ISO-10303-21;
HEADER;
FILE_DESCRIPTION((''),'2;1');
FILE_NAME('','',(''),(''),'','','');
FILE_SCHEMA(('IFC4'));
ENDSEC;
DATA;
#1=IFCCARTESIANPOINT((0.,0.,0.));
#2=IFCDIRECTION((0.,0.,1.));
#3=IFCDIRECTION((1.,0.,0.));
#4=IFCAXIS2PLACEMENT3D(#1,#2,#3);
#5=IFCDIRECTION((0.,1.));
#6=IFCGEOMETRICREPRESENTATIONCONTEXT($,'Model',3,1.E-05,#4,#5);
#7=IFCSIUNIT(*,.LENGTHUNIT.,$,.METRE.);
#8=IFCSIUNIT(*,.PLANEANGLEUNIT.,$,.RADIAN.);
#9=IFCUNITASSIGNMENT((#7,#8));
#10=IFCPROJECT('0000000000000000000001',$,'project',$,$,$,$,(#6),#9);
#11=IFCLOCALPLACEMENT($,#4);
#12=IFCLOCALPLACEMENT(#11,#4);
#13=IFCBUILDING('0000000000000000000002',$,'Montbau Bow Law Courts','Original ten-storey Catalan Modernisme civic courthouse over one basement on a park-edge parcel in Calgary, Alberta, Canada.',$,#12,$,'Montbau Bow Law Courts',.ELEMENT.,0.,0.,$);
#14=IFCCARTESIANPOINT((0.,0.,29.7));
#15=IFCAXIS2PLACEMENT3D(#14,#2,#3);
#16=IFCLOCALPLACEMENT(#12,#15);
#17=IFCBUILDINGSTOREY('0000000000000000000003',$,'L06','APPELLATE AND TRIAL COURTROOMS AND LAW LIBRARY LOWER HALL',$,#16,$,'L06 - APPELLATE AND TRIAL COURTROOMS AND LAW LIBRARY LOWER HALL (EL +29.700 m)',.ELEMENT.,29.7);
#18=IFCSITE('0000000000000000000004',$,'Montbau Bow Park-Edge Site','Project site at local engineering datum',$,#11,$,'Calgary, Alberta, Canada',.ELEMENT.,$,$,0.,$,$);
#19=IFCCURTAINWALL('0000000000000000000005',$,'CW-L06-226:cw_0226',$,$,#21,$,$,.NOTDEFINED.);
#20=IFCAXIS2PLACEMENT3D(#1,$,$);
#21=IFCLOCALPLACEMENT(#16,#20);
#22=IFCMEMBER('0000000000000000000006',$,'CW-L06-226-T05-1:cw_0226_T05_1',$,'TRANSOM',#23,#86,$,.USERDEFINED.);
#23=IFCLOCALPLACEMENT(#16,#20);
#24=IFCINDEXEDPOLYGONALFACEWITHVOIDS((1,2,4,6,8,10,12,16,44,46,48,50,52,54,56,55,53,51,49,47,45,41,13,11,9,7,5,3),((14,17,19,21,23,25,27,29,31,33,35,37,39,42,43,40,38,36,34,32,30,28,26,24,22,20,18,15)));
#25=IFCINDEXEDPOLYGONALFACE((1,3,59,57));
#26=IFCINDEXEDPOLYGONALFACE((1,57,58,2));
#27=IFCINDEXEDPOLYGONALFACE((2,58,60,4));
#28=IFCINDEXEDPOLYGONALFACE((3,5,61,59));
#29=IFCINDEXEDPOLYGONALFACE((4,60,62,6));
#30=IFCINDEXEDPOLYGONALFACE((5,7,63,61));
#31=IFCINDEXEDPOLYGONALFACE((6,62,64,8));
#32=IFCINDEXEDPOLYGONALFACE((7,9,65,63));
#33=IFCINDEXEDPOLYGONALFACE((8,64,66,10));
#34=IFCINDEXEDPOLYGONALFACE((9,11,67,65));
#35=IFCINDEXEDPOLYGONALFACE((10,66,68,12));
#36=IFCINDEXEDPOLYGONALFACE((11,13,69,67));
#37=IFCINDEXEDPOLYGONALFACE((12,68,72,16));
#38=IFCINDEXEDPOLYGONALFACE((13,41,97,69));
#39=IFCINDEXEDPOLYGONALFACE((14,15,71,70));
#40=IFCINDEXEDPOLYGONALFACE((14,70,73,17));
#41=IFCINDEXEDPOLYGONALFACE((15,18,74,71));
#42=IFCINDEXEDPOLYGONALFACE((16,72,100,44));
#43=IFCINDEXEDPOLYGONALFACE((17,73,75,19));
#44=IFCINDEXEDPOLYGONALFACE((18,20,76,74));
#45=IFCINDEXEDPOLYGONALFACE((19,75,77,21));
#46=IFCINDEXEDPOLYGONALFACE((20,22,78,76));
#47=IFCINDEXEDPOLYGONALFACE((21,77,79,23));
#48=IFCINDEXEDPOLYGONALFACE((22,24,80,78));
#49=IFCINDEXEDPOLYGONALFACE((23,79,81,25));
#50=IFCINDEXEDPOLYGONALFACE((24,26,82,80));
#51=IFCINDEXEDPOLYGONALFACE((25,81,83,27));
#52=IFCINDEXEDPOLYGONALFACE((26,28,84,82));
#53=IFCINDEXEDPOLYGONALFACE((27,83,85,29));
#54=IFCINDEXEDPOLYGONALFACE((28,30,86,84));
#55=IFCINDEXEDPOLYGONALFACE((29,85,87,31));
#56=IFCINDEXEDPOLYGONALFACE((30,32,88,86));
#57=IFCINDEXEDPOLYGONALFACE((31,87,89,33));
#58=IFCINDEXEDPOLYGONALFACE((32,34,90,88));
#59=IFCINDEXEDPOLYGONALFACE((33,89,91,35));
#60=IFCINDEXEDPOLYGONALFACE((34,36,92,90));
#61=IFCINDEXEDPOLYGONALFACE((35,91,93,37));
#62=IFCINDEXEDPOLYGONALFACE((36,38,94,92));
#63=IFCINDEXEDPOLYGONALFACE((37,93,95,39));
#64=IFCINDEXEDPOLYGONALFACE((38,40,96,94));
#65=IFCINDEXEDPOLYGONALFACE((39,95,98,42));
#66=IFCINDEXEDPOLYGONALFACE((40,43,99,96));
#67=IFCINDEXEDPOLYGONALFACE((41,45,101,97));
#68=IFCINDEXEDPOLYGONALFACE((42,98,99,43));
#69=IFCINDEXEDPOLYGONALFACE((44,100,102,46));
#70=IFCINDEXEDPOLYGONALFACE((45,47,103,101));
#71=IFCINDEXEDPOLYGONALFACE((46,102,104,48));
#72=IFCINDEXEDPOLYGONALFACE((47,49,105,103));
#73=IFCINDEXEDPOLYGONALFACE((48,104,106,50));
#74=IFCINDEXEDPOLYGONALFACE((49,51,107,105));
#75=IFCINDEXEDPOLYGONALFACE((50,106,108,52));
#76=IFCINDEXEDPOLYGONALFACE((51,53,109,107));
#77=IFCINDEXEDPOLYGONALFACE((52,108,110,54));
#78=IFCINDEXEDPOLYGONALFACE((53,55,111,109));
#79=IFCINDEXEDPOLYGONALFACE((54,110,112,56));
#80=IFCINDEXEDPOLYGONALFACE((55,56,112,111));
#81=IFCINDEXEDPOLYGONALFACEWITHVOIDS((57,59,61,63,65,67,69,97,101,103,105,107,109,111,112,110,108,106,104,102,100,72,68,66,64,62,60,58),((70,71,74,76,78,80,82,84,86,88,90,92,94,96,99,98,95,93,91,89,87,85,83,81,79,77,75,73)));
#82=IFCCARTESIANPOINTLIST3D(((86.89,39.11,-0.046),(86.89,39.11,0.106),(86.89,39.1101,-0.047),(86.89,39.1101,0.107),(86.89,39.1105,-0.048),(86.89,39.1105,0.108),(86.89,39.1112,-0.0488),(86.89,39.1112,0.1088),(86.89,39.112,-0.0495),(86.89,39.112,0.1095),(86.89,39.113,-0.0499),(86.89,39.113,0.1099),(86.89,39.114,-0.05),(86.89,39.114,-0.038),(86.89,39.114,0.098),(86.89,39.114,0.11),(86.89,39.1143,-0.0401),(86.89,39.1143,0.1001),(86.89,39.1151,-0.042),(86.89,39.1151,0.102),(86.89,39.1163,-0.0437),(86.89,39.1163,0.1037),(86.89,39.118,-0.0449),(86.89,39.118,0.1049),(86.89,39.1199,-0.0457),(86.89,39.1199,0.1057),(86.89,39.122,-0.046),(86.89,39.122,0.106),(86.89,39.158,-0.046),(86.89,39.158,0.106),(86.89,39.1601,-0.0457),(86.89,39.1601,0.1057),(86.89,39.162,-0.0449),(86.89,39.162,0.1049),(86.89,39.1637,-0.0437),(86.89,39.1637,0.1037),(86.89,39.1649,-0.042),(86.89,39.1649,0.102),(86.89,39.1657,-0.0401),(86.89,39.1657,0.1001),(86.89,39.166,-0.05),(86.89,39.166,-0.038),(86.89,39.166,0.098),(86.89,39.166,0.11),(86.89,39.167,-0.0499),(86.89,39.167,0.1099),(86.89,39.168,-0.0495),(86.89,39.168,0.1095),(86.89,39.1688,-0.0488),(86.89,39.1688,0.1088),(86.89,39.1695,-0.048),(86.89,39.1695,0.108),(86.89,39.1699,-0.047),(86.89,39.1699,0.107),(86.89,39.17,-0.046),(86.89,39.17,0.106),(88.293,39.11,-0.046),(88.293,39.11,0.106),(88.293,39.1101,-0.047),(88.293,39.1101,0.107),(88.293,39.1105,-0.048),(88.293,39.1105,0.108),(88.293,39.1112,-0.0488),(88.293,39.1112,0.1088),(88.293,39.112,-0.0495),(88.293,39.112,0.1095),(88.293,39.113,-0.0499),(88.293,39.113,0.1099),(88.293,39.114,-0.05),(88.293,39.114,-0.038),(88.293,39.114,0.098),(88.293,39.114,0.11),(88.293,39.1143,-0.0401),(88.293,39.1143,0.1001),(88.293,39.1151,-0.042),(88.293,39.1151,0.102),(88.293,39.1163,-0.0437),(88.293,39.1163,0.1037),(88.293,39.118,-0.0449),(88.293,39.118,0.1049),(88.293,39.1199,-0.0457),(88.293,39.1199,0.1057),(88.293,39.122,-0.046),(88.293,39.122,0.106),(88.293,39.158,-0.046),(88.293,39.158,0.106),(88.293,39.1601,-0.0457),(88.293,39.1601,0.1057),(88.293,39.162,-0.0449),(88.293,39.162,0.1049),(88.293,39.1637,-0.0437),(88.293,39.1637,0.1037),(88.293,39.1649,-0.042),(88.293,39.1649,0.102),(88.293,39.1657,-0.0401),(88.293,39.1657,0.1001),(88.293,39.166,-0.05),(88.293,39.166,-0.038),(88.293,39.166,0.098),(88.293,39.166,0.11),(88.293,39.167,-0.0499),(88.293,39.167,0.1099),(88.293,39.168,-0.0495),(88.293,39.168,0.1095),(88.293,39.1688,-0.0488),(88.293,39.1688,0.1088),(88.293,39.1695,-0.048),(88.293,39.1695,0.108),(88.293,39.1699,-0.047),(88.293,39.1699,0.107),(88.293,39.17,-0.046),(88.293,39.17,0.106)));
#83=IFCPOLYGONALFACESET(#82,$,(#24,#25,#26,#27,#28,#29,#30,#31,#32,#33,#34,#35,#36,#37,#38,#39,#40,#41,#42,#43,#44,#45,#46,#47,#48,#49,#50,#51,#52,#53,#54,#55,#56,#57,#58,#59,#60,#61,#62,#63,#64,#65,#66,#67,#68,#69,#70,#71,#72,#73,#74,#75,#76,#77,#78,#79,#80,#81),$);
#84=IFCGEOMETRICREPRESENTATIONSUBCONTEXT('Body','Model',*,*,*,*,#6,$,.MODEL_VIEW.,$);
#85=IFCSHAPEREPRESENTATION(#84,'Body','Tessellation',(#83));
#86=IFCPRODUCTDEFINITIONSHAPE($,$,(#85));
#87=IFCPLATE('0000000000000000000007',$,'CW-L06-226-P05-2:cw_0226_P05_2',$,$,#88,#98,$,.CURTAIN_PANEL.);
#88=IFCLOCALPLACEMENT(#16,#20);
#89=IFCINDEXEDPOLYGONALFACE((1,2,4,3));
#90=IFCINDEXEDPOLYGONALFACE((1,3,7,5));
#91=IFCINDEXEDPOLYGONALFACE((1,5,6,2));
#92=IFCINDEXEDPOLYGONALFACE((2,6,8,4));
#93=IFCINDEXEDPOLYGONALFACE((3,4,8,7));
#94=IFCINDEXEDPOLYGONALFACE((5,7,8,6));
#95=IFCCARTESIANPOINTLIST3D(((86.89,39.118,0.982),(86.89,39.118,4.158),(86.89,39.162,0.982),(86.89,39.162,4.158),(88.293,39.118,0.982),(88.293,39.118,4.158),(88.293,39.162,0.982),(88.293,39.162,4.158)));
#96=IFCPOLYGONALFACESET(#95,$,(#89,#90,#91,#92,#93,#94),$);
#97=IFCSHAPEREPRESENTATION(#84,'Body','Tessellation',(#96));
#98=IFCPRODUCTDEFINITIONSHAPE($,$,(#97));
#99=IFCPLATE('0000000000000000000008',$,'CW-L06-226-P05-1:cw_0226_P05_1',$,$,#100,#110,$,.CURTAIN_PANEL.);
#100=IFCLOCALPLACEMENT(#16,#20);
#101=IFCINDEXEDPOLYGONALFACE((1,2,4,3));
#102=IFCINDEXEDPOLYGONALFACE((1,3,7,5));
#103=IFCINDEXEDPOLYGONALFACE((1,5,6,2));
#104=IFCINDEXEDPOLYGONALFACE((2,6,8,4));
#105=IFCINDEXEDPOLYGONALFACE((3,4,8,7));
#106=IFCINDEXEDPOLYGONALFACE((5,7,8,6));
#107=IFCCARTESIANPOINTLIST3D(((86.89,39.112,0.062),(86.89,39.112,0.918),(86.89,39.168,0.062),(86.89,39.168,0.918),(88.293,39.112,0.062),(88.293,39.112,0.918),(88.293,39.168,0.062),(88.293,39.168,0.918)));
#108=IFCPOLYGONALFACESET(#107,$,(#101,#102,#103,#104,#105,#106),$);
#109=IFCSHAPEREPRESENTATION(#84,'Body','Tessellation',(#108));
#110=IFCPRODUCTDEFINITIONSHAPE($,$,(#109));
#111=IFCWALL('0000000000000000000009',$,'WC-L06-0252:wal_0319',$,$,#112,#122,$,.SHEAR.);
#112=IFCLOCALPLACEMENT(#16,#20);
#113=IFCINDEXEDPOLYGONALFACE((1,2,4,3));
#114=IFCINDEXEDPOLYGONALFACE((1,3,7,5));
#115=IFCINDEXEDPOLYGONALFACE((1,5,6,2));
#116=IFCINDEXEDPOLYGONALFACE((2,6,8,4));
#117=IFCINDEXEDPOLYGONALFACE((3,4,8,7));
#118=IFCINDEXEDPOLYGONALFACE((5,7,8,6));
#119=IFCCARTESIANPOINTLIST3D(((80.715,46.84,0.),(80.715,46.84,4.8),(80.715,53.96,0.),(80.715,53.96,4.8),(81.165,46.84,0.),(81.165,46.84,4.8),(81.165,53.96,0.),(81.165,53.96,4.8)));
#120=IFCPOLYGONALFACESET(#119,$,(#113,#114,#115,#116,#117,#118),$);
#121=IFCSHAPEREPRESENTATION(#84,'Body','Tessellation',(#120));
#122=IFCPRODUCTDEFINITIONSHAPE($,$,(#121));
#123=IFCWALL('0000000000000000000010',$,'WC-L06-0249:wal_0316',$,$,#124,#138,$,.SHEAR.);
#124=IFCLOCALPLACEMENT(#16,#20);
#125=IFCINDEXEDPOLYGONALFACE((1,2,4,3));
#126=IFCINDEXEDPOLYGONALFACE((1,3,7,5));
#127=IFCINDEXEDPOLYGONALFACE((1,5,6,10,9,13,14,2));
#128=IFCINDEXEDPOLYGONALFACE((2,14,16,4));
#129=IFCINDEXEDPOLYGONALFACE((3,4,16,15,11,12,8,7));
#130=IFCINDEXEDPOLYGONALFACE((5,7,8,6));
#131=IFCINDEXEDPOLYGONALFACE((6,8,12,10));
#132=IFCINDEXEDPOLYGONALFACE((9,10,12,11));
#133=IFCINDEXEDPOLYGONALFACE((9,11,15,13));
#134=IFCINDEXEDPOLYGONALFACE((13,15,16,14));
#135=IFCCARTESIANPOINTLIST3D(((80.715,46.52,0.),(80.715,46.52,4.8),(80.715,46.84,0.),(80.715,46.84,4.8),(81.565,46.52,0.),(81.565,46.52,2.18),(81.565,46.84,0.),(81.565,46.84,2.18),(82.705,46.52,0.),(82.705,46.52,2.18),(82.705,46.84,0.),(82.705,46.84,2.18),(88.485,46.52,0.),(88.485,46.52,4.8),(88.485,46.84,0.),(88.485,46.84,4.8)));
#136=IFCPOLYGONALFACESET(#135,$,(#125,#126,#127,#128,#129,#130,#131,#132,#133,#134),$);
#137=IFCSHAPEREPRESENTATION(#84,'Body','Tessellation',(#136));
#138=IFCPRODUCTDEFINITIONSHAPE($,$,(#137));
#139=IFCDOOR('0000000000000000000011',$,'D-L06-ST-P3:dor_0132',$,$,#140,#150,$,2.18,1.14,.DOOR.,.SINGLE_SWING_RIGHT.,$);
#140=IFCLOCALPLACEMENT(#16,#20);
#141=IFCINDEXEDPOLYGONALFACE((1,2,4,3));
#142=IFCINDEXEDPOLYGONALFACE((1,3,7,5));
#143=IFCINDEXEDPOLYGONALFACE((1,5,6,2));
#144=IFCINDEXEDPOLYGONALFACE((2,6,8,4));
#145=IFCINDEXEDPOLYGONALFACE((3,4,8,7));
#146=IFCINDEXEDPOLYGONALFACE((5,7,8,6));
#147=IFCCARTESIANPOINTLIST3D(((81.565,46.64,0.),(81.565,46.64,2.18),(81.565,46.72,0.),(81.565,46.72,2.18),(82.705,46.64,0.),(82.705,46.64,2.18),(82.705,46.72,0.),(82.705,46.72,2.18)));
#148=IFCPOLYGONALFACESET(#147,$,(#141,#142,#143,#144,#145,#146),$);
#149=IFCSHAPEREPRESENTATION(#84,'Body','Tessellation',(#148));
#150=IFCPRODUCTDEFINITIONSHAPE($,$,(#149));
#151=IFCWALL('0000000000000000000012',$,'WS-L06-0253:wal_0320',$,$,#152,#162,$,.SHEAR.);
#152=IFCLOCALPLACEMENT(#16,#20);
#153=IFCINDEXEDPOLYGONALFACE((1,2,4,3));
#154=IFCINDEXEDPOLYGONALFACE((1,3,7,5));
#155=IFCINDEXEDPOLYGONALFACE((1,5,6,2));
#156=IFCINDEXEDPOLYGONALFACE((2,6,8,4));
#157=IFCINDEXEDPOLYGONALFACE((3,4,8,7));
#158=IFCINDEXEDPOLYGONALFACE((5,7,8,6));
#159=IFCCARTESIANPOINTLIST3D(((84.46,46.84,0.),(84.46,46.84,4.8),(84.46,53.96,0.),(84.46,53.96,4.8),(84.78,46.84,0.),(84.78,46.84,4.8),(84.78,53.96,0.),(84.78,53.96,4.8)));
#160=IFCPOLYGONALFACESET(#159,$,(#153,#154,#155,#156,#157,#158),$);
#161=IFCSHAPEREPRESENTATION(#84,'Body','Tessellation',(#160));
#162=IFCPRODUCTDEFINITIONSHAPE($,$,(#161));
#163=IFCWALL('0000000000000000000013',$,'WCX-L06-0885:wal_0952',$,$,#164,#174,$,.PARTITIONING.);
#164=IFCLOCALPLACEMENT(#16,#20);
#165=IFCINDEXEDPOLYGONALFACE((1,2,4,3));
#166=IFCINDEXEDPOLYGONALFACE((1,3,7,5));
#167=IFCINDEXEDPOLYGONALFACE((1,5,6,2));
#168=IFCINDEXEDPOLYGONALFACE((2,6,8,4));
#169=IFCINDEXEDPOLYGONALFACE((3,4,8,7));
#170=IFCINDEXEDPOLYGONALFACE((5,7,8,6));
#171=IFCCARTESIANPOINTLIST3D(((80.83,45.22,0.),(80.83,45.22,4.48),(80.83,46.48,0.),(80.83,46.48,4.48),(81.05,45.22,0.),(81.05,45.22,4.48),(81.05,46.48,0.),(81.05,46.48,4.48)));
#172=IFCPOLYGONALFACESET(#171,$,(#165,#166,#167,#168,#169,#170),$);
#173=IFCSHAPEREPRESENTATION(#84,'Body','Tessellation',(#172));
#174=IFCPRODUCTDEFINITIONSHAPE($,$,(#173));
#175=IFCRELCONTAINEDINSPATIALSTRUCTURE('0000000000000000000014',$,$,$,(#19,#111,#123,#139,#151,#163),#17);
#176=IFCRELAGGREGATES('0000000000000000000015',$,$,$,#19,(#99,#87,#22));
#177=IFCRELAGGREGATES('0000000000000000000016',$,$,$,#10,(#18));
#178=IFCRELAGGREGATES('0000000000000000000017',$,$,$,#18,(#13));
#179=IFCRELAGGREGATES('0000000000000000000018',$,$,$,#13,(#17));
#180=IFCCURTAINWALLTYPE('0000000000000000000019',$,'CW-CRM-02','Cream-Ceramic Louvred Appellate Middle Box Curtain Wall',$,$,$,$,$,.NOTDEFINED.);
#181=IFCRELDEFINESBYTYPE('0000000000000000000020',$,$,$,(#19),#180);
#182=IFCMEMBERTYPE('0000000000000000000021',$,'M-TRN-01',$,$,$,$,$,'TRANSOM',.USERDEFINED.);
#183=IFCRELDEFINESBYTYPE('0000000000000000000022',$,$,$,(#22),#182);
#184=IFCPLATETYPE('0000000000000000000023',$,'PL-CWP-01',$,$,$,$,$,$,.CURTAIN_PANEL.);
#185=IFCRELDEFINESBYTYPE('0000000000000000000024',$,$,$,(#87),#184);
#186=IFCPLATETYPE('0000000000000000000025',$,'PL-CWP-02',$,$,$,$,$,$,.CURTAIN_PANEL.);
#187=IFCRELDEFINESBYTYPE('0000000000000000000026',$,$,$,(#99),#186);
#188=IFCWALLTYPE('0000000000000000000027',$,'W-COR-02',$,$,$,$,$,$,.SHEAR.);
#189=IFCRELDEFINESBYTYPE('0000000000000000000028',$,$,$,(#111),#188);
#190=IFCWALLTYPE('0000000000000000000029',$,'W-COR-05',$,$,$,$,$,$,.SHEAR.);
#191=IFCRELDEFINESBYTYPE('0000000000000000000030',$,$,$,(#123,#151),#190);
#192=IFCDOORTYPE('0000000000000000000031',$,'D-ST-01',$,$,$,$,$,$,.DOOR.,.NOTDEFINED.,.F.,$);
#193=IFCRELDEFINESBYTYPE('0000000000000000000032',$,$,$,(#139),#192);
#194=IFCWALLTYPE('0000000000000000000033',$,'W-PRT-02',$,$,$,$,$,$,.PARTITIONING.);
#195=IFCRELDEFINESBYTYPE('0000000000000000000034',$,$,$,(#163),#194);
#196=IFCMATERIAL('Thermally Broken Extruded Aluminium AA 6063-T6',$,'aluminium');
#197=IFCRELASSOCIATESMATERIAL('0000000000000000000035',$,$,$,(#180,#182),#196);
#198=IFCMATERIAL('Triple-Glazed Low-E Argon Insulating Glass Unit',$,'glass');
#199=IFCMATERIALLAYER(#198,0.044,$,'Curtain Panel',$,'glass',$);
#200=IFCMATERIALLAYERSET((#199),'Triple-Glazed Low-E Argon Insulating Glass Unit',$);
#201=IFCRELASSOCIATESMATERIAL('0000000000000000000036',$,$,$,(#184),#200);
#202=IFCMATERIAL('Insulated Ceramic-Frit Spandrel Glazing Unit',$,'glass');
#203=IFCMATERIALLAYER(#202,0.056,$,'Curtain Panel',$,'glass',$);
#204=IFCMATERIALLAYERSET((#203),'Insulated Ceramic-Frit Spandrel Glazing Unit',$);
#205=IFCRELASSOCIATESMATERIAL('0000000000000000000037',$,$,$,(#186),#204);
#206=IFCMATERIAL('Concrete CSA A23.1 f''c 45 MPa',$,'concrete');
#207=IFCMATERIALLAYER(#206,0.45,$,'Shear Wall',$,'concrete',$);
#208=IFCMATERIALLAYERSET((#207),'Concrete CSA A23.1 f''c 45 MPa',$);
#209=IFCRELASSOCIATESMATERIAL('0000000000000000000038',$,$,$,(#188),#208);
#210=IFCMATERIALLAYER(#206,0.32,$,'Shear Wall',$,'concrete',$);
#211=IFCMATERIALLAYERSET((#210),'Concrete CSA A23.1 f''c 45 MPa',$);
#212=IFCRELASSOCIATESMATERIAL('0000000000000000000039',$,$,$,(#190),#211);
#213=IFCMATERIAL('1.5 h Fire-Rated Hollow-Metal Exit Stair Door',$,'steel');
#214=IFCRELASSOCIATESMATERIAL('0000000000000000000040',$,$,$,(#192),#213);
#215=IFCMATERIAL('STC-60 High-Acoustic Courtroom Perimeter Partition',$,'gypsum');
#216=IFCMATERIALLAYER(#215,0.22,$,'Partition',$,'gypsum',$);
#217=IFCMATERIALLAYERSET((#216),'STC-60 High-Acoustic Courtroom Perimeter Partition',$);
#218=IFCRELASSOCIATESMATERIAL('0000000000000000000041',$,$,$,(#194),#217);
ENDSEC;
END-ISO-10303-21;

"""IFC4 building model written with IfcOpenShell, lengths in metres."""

from ifc_helpers import new_model, si_unit, direction, frame, frame_2d, origin_with_axes, origin_2d_with_axis, place, context, subcontext, project, spatial, rectangle, hollow_rectangle, extrude, material, layer, layer_set, material_profile, profile_set, type_object, element, fill, aggregate, save


model = new_model("IFC4")

# Units and contexts
model_context = context("Model", 3, precision=1e-05, world=origin_with_axes(), true_north=direction((0.0, 1.0)))
body_context = subcontext(model_context, "Body", "Model", "MODEL_VIEW")
ifc_project = project(units=[si_unit("LENGTHUNIT", "METRE"), si_unit("PLANEANGLEUNIT", "RADIAN")], contexts=[model_context])

# Site, building, storey
site_placement = place(None, origin_with_axes())
site = spatial("IfcSite", under=ifc_project, at=site_placement, Name="Montbau Bow Park-Edge Site", Description="Project site at local engineering datum", LongName="Calgary, Alberta, Canada", CompositionType="ELEMENT", RefElevation=0.0)
building_placement = place(site_placement, origin_with_axes())
building = spatial("IfcBuilding", under=site, at=building_placement, Name="Montbau Bow Law Courts", Description="Original ten-storey Catalan Modernisme civic courthouse over one basement on a park-edge parcel in Calgary, Alberta, Canada.", LongName="Montbau Bow Law Courts", CompositionType="ELEMENT", ElevationOfRefHeight=0.0, ElevationOfTerrain=0.0)
storey_placement = place(building_placement, frame((0.0, 0.0, 29.7), z_axis=(0.0, 0.0, 1.0), x_axis=(1.0, 0.0, 0.0)))
storey = spatial("IfcBuildingStorey", under=building, at=storey_placement, Name="L06", Description="APPELLATE AND TRIAL COURTROOMS AND LAW LIBRARY LOWER HALL", LongName="L06 - APPELLATE AND TRIAL COURTROOMS AND LAW LIBRARY LOWER HALL (EL +29.700 m)", CompositionType="ELEMENT", Elevation=29.7)

# Curtain wall, member, plates
ifc_material_1 = material(Name="Thermally Broken Extruded Aluminium AA 6063-T6", Category="aluminium")
curtain_wall_type = type_object("IfcCurtainWallType", Name="CW-CRM-02", Description="Cream-Ceramic Louvred Appellate Middle Box Curtain Wall", PredefinedType="NOTDEFINED", material=ifc_material_1)
curtain_wall_placement = place(None, frame((80.84, 39.14, 29.7), z_axis=(0.0, 0.0, 1.0), x_axis=(1.0, 0.0, 0.0)))
curtain_wall = element("IfcCurtainWall", 1, at=curtain_wall_placement, inside=storey, type_object=curtain_wall_type, Name="CW-L06-226:cw_0226", PredefinedType="NOTDEFINED")
ifc_material_profile_1 = material_profile(ifc_material_1, hollow_rectangle(XDim=0.06, YDim=0.16, WallThickness=0.004, InnerFilletRadius=0.008, OuterFilletRadius=0.004, at=origin_2d_with_axis()), Name="CWT-160X60", Category="Main", Priority=0)
ifc_profile_set_1 = profile_set([ifc_material_profile_1], Name="Thermally Broken Extruded Aluminium AA 6063-T6")
member_type_1 = type_object("IfcMemberType", Name="M-TRN-01", ElementType="TRANSOM", PredefinedType="USERDEFINED", material=ifc_profile_set_1)
member_1_placement = place(None, frame((86.89, 39.14, 29.73), z_axis=(1.0, 0.0, 0.0), x_axis=(0.0, 1.0, 0.0)))
member_1 = element("IfcMember", 2, at=member_1_placement, type_object=member_type_1, Name="CW-L06-226-T05-1:cw_0226_T05_1", ObjectType="TRANSOM", PredefinedType="USERDEFINED", context=body_context, shape_type="SweptSolid", body=[
    extrude(hollow_rectangle(XDim=0.06, YDim=0.16, WallThickness=0.004, InnerFilletRadius=0.008, OuterFilletRadius=0.004, at=origin_2d_with_axis()), origin_with_axes(), (0.0, 0.0, 1.0), 1.403),
])
ifc_material_2 = material(Name="Triple-Glazed Low-E Argon Insulating Glass Unit", Category="glass")
ifc_layer_1 = layer(ifc_material_2, 0.044, Name="Curtain Panel", Category="glass")
ifc_layer_set_1 = layer_set([ifc_layer_1], Name="Triple-Glazed Low-E Argon Insulating Glass Unit")
plate_type_1 = type_object("IfcPlateType", Name="PL-CWP-01", PredefinedType="CURTAIN_PANEL", material=ifc_layer_set_1)
plate_1_placement = place(None, frame((86.89, 39.14, 30.682), z_axis=(0.0, -1.0, 0.0), x_axis=(1.0, 0.0, 0.0)))
plate_1 = element("IfcPlate", 3, at=plate_1_placement, type_object=plate_type_1, Name="CW-L06-226-P05-2:cw_0226_P05_2", PredefinedType="CURTAIN_PANEL", context=body_context, shape_type="SweptSolid", body=[
    extrude(rectangle(XDim=1.403, YDim=3.176, at=frame_2d((0.7015, 1.588), x_axis=(1.0, 0.0))), frame((0.0, 0.0, -0.022), z_axis=(0.0, 0.0, 1.0), x_axis=(1.0, 0.0, 0.0)), (0.0, 0.0, 1.0), 0.044),
])
ifc_material_3 = material(Name="Insulated Ceramic-Frit Spandrel Glazing Unit", Category="glass")
ifc_layer_2 = layer(ifc_material_3, 0.056, Name="Curtain Panel", Category="glass")
ifc_layer_set_2 = layer_set([ifc_layer_2], Name="Insulated Ceramic-Frit Spandrel Glazing Unit")
plate_type_2 = type_object("IfcPlateType", Name="PL-CWP-02", PredefinedType="CURTAIN_PANEL", material=ifc_layer_set_2)
plate_2_placement = place(None, frame((86.89, 39.14, 29.762), z_axis=(0.0, -1.0, 0.0), x_axis=(1.0, 0.0, 0.0)))
plate_2 = element("IfcPlate", 4, at=plate_2_placement, type_object=plate_type_2, Name="CW-L06-226-P05-1:cw_0226_P05_1", PredefinedType="CURTAIN_PANEL", context=body_context, shape_type="SweptSolid", body=[
    extrude(rectangle(XDim=1.403, YDim=0.856, at=frame_2d((0.7015, 0.428), x_axis=(1.0, 0.0))), frame((0.0, 0.0, -0.028), z_axis=(0.0, 0.0, 1.0), x_axis=(1.0, 0.0, 0.0)), (0.0, 0.0, 1.0), 0.056),
])
aggregate(curtain_wall, [plate_2, plate_1, member_1])

# Wall
ifc_material_4 = material(Name="Concrete CSA A23.1 f'c 45 MPa", Category="concrete")
ifc_layer_3 = layer(ifc_material_4, 0.45, Name="Shear Wall", Category="concrete")
ifc_layer_set_3 = layer_set([ifc_layer_3], Name="Concrete CSA A23.1 f'c 45 MPa")
wall_type_1 = type_object("IfcWallType", Name="W-COR-02", PredefinedType="SHEAR", material=ifc_layer_set_3)
wall_1_placement = place(None, frame((80.94, 53.96, 29.7), z_axis=(0.0, 0.0, 1.0), x_axis=(0.0, -1.0, 0.0)))
element("IfcWall", 5, at=wall_1_placement, inside=storey, type_object=wall_type_1, Name="WC-L06-0252:wal_0319", PredefinedType="SHEAR", context=body_context, shape_type="SweptSolid", body=[
    extrude(rectangle(XDim=7.12, YDim=0.45, at=frame_2d((3.56, 0.0), x_axis=(1.0, 0.0))), origin_with_axes(), (0.0, 0.0, 1.0), 4.8),
])

# Wall, opening, door
ifc_layer_4 = layer(ifc_material_4, 0.32, Name="Shear Wall", Category="concrete")
ifc_layer_set_4 = layer_set([ifc_layer_4], Name="Concrete CSA A23.1 f'c 45 MPa")
wall_type_2 = type_object("IfcWallType", Name="W-COR-05", PredefinedType="SHEAR", material=ifc_layer_set_4)
wall_2_placement = place(None, frame((80.715, 46.68, 29.7), z_axis=(0.0, 0.0, 1.0), x_axis=(1.0, 0.0, 0.0)))
wall_2 = element("IfcWall", 6, at=wall_2_placement, inside=storey, type_object=wall_type_2, Name="WC-L06-0249:wal_0316", PredefinedType="SHEAR", context=body_context, shape_type="SweptSolid", body=[
    extrude(rectangle(XDim=7.77, YDim=0.32, at=frame_2d((3.885, 0.0), x_axis=(1.0, 0.0))), origin_with_axes(), (0.0, 0.0, 1.0), 4.8),
])
opening_1_placement = place(None, frame((82.135, 46.68, 29.7), z_axis=(0.0, 0.0, 1.0), x_axis=(1.0, 0.0, 0.0)))
opening_1 = element("IfcOpeningElement", 7, at=opening_1_placement, cuts=wall_2, PredefinedType="OPENING", context=body_context, shape_type="SweptSolid", body=[
    extrude(rectangle(XDim=1.14, YDim=2.18, at=frame_2d((0.0, 1.09), x_axis=(1.0, 0.0))), frame((0.0, 0.17, 0.0), z_axis=(0.0, -1.0, 0.0), x_axis=(1.0, 0.0, 0.0)), (0.0, 0.0, 1.0), 0.34),
])
ifc_material_5 = material(Name="1.5 h Fire-Rated Hollow-Metal Exit Stair Door", Category="steel")
door_type_1 = type_object("IfcDoorType", Name="D-ST-01", OperationType="NOTDEFINED", ParameterTakesPrecedence=False, PredefinedType="DOOR", material=ifc_material_5)
door_1_placement = place(None, frame((82.135, 46.68, 29.7), z_axis=(0.0, 0.0, 1.0), x_axis=(-1.0, 0.0, 0.0)))
door_1 = element("IfcDoor", 8, at=door_1_placement, inside=storey, type_object=door_type_1, Name="D-L06-ST-P3:dor_0132", OperationType="SINGLE_SWING_RIGHT", OverallHeight=2.18, OverallWidth=1.14, PredefinedType="DOOR", context=body_context, shape_type="SweptSolid", body=[
    extrude(rectangle(XDim=1.14, YDim=2.18, at=frame_2d((0.0, 1.09), x_axis=(1.0, 0.0))), frame((0.0, 0.04, 0.0), z_axis=(0.0, -1.0, 0.0), x_axis=(1.0, 0.0, 0.0)), (0.0, 0.0, 1.0), 0.08),
])
fill(opening_1, door_1)

# Walls
wall_3_placement = place(None, frame((84.62, 46.84, 29.7), z_axis=(0.0, 0.0, 1.0), x_axis=(0.0, 1.0, 0.0)))
element("IfcWall", 9, at=wall_3_placement, inside=storey, type_object=wall_type_2, Name="WS-L06-0253:wal_0320", PredefinedType="SHEAR", context=body_context, shape_type="SweptSolid", body=[
    extrude(rectangle(XDim=7.12, YDim=0.32, at=frame_2d((3.56, 0.0), x_axis=(1.0, 0.0))), origin_with_axes(), (0.0, 0.0, 1.0), 4.8),
])
ifc_material_6 = material(Name="STC-60 High-Acoustic Courtroom Perimeter Partition", Category="gypsum")
ifc_layer_5 = layer(ifc_material_6, 0.22, Name="Partition", Category="gypsum")
ifc_layer_set_5 = layer_set([ifc_layer_5], Name="STC-60 High-Acoustic Courtroom Perimeter Partition")
wall_type_3 = type_object("IfcWallType", Name="W-PRT-02", PredefinedType="PARTITIONING", material=ifc_layer_set_5)
for number, where, z_axis, x_axis, name in (
    (10, (80.94, 45.22, 29.7), (0.0, 0.0, 1.0), (0.0, 1.0, 0.0), "WCX-L06-0885:wal_0952"),
):
    element("IfcWall", number, at=place(None, frame(where, z_axis=z_axis, x_axis=x_axis)), inside=storey, type_object=wall_type_3, Name=name, PredefinedType="PARTITIONING", context=body_context, shape_type="SweptSolid", body=[
        extrude(rectangle(XDim=1.26, YDim=0.22, at=frame_2d((0.63, 0.0), x_axis=(1.0, 0.0))), origin_with_axes(), (0.0, 0.0, 1.0), 4.48),
    ])

save(model, "model.ifc")
